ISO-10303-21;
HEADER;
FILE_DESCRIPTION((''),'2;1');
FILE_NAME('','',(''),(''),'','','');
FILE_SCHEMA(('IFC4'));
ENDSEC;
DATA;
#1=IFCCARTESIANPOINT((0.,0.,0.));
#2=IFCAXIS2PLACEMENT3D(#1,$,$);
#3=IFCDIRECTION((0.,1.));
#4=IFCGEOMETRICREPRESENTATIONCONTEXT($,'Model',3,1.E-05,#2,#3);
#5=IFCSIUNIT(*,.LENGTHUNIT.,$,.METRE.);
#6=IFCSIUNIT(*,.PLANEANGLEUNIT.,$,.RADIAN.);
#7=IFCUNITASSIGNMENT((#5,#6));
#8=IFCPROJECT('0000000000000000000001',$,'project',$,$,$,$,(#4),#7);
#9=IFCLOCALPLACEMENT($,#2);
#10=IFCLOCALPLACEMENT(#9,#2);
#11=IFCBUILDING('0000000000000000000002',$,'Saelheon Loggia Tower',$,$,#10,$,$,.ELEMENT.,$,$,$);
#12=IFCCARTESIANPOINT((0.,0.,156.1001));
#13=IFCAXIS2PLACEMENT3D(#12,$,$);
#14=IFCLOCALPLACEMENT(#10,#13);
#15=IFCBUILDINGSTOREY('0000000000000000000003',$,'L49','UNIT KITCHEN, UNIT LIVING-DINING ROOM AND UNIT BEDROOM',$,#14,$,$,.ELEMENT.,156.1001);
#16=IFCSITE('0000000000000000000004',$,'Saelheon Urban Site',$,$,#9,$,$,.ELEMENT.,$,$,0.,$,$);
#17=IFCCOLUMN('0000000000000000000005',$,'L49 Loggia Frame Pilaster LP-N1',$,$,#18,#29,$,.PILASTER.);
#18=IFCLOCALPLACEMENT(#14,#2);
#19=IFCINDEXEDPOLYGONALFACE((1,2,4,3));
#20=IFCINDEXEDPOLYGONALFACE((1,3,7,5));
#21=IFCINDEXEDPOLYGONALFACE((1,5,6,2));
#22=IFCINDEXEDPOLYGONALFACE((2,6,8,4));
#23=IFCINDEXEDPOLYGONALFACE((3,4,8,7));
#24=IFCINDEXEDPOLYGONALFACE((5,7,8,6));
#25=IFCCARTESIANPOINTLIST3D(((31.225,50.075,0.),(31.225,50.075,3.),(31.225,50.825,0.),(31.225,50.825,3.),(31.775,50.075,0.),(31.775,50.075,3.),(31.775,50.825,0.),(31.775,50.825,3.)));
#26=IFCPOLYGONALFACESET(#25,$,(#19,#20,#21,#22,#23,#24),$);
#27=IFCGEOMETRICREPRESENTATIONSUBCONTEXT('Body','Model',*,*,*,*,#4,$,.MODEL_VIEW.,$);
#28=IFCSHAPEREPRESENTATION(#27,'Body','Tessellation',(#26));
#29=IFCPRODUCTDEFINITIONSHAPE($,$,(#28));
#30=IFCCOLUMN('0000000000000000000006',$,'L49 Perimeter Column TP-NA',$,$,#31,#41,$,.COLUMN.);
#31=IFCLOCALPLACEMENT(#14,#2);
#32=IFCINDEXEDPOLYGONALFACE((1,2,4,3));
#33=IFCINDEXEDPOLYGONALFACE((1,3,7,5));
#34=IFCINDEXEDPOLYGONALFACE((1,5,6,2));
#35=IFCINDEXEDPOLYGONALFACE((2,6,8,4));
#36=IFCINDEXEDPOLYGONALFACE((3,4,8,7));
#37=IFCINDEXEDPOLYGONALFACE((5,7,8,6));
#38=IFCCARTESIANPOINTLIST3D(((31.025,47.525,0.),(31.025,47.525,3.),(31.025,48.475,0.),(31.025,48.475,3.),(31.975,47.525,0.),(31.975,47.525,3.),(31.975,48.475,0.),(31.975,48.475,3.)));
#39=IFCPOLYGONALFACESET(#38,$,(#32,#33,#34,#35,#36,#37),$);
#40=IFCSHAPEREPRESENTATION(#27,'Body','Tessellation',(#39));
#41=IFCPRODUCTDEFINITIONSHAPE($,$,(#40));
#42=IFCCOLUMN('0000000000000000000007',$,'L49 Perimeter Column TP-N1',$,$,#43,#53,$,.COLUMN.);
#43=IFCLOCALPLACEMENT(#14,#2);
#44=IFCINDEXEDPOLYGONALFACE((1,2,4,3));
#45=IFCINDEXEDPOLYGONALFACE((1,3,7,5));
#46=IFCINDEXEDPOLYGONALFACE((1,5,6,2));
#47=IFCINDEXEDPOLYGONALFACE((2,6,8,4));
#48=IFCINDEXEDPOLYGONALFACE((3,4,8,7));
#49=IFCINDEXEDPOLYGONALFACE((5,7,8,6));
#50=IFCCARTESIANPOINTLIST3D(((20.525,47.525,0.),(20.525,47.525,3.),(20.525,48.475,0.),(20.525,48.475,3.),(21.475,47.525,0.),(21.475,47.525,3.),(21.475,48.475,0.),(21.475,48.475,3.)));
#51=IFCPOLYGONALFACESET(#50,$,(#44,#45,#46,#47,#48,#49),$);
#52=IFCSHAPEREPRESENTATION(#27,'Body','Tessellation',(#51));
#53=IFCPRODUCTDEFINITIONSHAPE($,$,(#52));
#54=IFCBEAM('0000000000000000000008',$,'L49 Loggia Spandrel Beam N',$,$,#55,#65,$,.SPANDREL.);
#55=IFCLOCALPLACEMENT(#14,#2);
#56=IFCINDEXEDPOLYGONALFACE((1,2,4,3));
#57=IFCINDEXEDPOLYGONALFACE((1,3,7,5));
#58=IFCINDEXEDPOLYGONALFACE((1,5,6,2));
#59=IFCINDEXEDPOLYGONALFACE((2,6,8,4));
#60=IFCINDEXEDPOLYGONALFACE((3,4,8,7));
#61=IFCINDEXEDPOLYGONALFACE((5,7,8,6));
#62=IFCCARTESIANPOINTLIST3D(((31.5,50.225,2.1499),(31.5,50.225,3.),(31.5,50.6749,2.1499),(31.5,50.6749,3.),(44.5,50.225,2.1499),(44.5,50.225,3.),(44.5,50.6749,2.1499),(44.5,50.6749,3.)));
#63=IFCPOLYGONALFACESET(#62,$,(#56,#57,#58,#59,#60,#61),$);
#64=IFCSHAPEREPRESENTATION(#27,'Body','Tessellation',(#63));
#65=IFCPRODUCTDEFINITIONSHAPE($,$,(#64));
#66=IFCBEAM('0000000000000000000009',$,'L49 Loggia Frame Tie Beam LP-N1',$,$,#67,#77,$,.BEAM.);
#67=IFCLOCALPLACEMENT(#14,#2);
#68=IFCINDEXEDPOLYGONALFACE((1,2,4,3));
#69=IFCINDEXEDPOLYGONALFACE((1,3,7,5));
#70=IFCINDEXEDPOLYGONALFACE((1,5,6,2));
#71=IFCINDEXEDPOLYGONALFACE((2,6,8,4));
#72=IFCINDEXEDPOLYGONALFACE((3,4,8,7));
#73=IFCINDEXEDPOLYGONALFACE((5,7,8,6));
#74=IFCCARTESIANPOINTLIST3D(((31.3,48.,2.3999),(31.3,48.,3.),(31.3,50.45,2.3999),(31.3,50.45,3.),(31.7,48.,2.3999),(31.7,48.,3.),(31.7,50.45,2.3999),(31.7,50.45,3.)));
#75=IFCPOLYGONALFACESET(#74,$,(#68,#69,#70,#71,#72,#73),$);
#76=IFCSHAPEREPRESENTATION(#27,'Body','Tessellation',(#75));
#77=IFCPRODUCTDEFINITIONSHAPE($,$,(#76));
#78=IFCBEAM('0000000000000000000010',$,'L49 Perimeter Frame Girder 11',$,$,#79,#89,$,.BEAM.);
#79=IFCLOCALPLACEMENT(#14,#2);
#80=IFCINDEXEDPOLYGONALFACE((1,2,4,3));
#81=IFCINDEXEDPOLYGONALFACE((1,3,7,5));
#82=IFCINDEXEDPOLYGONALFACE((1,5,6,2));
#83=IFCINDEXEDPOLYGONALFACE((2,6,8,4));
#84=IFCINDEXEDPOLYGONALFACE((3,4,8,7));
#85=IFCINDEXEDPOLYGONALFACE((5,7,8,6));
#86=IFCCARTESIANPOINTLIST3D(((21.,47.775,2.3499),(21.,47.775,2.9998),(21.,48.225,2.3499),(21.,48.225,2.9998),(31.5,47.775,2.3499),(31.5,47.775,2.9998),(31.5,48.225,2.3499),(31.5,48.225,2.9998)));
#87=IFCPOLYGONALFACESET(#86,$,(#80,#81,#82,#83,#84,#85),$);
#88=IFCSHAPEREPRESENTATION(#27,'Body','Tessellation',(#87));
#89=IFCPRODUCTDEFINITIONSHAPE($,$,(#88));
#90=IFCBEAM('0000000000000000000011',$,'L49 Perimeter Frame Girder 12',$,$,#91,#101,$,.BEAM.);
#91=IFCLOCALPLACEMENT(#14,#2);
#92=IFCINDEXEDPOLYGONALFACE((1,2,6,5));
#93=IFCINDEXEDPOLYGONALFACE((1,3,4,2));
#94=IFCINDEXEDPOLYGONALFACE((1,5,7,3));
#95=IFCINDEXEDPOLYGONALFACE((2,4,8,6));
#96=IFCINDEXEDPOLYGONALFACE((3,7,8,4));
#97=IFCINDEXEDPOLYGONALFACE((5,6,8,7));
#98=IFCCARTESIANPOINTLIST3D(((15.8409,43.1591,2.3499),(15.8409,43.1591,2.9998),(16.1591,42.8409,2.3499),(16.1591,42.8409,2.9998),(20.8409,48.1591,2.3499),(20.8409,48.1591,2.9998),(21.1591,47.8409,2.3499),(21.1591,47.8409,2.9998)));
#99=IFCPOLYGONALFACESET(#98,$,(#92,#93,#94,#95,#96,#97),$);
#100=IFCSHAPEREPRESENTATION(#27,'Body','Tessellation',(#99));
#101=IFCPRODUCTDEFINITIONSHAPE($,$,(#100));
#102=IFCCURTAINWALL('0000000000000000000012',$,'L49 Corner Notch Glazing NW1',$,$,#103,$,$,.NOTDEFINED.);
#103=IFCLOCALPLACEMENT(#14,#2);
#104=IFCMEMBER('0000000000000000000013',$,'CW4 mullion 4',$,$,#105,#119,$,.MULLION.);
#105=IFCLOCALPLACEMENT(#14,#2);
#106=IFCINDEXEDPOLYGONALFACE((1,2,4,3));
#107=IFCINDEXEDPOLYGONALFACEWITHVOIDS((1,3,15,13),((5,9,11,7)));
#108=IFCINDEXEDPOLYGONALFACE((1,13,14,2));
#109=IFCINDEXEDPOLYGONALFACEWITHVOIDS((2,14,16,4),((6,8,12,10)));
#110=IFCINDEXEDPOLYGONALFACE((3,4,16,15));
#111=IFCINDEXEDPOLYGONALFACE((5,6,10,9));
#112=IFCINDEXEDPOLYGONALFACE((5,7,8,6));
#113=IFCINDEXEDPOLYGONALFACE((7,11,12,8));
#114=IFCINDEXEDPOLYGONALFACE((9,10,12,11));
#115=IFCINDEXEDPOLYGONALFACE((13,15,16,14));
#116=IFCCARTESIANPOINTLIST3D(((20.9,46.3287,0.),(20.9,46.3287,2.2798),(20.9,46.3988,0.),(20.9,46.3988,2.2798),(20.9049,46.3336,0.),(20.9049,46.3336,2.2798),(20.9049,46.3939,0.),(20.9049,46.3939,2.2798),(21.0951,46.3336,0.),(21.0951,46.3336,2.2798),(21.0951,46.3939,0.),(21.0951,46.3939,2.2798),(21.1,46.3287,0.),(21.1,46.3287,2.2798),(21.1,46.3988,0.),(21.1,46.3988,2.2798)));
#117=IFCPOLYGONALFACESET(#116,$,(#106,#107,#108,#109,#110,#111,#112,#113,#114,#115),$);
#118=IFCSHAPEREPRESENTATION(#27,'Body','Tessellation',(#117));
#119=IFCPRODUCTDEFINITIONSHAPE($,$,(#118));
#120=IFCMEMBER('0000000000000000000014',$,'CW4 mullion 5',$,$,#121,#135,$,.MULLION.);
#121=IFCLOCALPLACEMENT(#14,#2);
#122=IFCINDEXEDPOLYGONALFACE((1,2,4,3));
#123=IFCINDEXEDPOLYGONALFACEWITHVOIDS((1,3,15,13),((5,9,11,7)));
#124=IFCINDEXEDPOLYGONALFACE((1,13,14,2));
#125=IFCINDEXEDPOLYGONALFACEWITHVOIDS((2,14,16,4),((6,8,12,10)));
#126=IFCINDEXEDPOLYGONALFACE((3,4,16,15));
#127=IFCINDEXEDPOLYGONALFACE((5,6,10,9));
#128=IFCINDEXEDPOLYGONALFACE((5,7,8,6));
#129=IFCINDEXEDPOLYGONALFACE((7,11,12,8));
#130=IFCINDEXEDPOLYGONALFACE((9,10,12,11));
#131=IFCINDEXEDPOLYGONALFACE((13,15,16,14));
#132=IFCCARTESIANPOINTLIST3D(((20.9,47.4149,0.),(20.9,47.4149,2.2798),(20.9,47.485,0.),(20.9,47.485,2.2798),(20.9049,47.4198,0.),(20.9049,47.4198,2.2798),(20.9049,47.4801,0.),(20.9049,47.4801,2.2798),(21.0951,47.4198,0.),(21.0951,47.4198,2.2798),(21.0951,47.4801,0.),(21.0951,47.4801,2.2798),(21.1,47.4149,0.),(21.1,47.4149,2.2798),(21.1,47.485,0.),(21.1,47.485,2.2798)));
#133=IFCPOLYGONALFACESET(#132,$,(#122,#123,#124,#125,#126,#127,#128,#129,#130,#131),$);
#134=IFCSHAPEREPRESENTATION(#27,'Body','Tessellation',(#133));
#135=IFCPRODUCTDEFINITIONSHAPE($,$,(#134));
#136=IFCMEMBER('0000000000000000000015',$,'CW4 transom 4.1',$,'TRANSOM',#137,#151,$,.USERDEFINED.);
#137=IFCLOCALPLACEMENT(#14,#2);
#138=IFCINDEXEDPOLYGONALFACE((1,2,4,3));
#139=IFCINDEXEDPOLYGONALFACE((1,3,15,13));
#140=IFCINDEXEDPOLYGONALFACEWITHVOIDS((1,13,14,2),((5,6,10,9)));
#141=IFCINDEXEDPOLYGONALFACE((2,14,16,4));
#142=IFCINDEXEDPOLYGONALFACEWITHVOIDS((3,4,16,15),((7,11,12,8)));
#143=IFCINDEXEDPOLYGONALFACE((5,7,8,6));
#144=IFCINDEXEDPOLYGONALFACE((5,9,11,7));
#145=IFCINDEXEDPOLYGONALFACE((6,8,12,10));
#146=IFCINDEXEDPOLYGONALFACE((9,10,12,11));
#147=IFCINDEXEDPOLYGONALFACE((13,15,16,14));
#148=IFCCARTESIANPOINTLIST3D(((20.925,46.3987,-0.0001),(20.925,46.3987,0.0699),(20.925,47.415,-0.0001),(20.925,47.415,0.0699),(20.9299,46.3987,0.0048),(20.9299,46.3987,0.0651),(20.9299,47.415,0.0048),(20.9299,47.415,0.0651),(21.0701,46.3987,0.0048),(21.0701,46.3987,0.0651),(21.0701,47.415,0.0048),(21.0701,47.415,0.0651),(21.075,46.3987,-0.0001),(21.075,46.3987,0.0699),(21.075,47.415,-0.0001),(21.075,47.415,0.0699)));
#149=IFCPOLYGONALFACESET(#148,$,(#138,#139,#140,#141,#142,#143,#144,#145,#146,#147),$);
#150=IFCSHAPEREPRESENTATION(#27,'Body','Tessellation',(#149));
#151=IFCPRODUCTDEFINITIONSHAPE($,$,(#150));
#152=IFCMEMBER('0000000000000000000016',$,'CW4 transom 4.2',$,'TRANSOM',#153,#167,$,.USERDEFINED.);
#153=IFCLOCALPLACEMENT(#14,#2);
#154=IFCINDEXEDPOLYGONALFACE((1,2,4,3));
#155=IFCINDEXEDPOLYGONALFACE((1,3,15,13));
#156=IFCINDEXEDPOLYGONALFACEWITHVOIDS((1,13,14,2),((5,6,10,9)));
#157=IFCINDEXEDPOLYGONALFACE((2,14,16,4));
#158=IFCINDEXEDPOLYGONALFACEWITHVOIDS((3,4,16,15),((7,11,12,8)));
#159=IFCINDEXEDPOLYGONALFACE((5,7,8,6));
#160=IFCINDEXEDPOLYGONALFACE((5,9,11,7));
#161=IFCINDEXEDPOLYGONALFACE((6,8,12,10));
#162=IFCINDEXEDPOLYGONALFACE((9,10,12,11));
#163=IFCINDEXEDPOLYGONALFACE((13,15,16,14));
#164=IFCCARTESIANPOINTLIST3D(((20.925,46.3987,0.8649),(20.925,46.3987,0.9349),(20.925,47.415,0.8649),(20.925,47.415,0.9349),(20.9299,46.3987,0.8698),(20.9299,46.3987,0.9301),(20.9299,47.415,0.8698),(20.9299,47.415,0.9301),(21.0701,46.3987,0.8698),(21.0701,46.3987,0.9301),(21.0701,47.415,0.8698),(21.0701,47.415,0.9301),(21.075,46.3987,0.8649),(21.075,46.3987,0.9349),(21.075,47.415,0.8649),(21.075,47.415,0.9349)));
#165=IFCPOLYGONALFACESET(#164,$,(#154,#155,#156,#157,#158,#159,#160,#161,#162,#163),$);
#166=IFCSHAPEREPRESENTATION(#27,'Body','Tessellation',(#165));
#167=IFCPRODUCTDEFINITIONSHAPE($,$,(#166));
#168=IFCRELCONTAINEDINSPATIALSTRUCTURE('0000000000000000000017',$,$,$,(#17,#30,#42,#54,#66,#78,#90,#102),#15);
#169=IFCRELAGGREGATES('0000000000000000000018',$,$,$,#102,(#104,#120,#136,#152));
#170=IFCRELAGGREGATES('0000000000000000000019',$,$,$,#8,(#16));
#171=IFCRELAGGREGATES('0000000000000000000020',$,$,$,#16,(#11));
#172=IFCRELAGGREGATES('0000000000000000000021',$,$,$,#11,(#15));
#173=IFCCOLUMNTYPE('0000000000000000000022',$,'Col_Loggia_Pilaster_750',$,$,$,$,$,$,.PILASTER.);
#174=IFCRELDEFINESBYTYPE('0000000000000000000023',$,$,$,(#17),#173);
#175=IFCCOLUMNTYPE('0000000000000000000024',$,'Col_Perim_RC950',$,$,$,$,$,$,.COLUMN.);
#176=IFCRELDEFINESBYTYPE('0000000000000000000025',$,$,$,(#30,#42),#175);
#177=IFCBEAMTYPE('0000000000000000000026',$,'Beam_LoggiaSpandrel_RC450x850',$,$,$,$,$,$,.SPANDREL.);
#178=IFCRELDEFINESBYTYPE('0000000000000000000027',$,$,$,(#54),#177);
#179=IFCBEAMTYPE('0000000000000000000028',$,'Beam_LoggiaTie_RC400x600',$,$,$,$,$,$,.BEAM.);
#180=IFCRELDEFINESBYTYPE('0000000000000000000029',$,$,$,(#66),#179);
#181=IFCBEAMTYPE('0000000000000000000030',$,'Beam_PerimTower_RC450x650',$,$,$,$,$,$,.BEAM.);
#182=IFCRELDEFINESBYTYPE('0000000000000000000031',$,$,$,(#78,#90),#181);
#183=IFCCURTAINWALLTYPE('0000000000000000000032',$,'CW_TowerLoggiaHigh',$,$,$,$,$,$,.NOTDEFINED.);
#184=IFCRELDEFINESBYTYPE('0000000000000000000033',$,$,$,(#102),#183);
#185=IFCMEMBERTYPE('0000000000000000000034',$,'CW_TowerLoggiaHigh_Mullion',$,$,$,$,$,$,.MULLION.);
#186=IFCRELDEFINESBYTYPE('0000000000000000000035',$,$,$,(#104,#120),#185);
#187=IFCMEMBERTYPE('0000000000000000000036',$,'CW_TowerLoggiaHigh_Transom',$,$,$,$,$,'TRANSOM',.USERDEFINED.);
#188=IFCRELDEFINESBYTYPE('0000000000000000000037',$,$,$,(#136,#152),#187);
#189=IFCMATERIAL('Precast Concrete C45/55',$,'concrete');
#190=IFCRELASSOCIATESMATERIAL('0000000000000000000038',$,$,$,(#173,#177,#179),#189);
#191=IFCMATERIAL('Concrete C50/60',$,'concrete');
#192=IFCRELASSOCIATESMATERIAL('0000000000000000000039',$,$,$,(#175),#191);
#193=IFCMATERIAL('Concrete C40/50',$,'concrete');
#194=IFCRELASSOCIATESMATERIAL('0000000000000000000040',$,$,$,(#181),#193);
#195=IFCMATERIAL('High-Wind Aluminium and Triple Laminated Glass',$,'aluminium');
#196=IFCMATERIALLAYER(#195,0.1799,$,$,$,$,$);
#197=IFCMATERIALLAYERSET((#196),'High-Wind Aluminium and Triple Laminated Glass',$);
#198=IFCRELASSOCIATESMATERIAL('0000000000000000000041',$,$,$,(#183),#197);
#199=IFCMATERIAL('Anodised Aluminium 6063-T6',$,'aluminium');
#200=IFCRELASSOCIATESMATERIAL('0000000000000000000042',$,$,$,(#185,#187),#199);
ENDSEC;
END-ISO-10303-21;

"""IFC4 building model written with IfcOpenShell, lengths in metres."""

from ifc_helpers import new_model, si_unit, direction, frame, origin, origin_2d, place, context, subcontext, project, spatial, rectangle, hollow_rectangle, extrude, source, transform, mapped, material, layer, layer_set, material_profile, profile_set, type_object, element, aggregate, save


model = new_model("IFC4")

# Units and contexts
model_context = context("Model", 3, precision=1e-05, world=origin(), true_north=direction((0.0, 1.0)))
body_context = subcontext(model_context, "Body", "Model", "MODEL_VIEW")
ifc_project = project(units=[si_unit("LENGTHUNIT", "METRE"), si_unit("PLANEANGLEUNIT", "RADIAN")], contexts=[model_context])

# Site, building, storey
site_placement = place(None, origin())
site = spatial("IfcSite", under=ifc_project, at=site_placement, Name="Saelheon Urban Site", CompositionType="ELEMENT", RefElevation=0.0)
building_placement = place(site_placement, origin())
building = spatial("IfcBuilding", under=site, at=building_placement, Name="Saelheon Loggia Tower", CompositionType="ELEMENT")
storey_placement = place(building_placement, frame((0.0, 0.0, 156.1001)))
storey = spatial("IfcBuildingStorey", under=building, at=storey_placement, Name="L49", Description="UNIT KITCHEN, UNIT LIVING-DINING ROOM AND UNIT BEDROOM", CompositionType="ELEMENT", Elevation=156.1001)

# Columns
ifc_material_1 = material(Name="Precast Concrete C45/55", Category="concrete")
ifc_material_profile_1 = material_profile(ifc_material_1, rectangle(XDim=0.55, YDim=0.75, at=origin_2d()), Name="RC-550x750")
ifc_profile_set_1 = profile_set([ifc_material_profile_1], Name="Precast Concrete C45/55")
column_type_1 = type_object("IfcColumnType", Name="Col_Loggia_Pilaster_750", PredefinedType="PILASTER", material=ifc_profile_set_1)
shared_shape_1 = source(origin(), body_context, "Body", "SweptSolid", [
    extrude(rectangle(XDim=0.55, YDim=0.75, at=origin_2d()), origin(), (0.0, 0.0, 1.0), 3.0),
])
column_placement = place(storey_placement, frame((31.5, 50.45, 0.0), z_axis=(0.0, 0.0, 1.0), x_axis=(1.0, 0.0, 0.0)))
element("IfcColumn", 1, at=column_placement, inside=storey, type_object=column_type_1, Name="L49 Loggia Frame Pilaster LP-N1", PredefinedType="PILASTER", context=body_context, shape_type="MappedRepresentation", body=[
    mapped(shared_shape_1, transform((0.0, 0.0, 0.0), scale=1.0)),
])
ifc_material_2 = material(Name="Concrete C50/60", Category="concrete")
ifc_material_profile_2 = material_profile(ifc_material_2, rectangle(XDim=0.95, YDim=0.95, at=origin_2d()), Name="RC-950x950")
ifc_profile_set_2 = profile_set([ifc_material_profile_2], Name="Concrete C50/60")
column_type_2 = type_object("IfcColumnType", Name="Col_Perim_RC950", PredefinedType="COLUMN", material=ifc_profile_set_2)
shared_shape_2 = source(origin(), body_context, "Body", "SweptSolid", [
    extrude(rectangle(XDim=0.95, YDim=0.95, at=origin_2d()), origin(), (0.0, 0.0, 1.0), 3.0),
])
for number, where, z_axis, x_axis, name in (
    (2, (31.5, 48.0, 0.0), (0.0, 0.0, 1.0), (1.0, 0.0, 0.0), "L49 Perimeter Column TP-NA"),
    (3, (21.0, 48.0, 0.0), (0.0, 0.0, 1.0), (1.0, 0.0, 0.0), "L49 Perimeter Column TP-N1"),
):
    element("IfcColumn", number, at=place(storey_placement, frame(where, z_axis=z_axis, x_axis=x_axis)), inside=storey, type_object=column_type_2, Name=name, PredefinedType="COLUMN", context=body_context, shape_type="MappedRepresentation", body=[
        mapped(shared_shape_2, transform((0.0, 0.0, 0.0), scale=1.0)),
    ])

# Beams
ifc_material_profile_3 = material_profile(ifc_material_1, rectangle(XDim=0.45, YDim=0.8501, at=origin_2d()), Name="RC-450x850")
ifc_profile_set_3 = profile_set([ifc_material_profile_3], Name="Precast Concrete C45/55")
beam_type_1 = type_object("IfcBeamType", Name="Beam_LoggiaSpandrel_RC450x850", PredefinedType="SPANDREL", material=ifc_profile_set_3)
shared_shape_3 = source(origin(), body_context, "Body", "SweptSolid", [
    extrude(rectangle(XDim=0.45, YDim=0.8501, at=origin_2d()), origin(), (0.0, 0.0, 1.0), 13.0),
])
beam_1_placement = place(storey_placement, frame((31.5, 50.45, 2.575), z_axis=(1.0, 0.0, 0.0), x_axis=(0.0, 1.0, 0.0)))
element("IfcBeam", 4, at=beam_1_placement, inside=storey, type_object=beam_type_1, Name="L49 Loggia Spandrel Beam N", PredefinedType="SPANDREL", context=body_context, shape_type="MappedRepresentation", body=[
    mapped(shared_shape_3, transform((0.0, 0.0, 0.0), scale=1.0)),
])
ifc_material_profile_4 = material_profile(ifc_material_1, rectangle(XDim=0.3999, YDim=0.6001, at=origin_2d()), Name="RC-400x600")
ifc_profile_set_4 = profile_set([ifc_material_profile_4], Name="Precast Concrete C45/55")
beam_type_2 = type_object("IfcBeamType", Name="Beam_LoggiaTie_RC400x600", PredefinedType="BEAM", material=ifc_profile_set_4)
shared_shape_4 = source(origin(), body_context, "Body", "SweptSolid", [
    extrude(rectangle(XDim=0.3999, YDim=0.6001, at=origin_2d()), origin(), (0.0, 0.0, 1.0), 2.45),
])
beam_2_placement = place(storey_placement, frame((31.5, 48.0, 2.7), z_axis=(0.0, 1.0, 0.0), x_axis=(-1.0, 0.0, 0.0)))
element("IfcBeam", 5, at=beam_2_placement, inside=storey, type_object=beam_type_2, Name="L49 Loggia Frame Tie Beam LP-N1", PredefinedType="BEAM", context=body_context, shape_type="MappedRepresentation", body=[
    mapped(shared_shape_4, transform((0.0, 0.0, 0.0), scale=1.0)),
])
ifc_material_3 = material(Name="Concrete C40/50", Category="concrete")
ifc_material_profile_5 = material_profile(ifc_material_3, rectangle(XDim=0.45, YDim=0.6499, at=origin_2d()), Name="RC-450x650")
ifc_profile_set_5 = profile_set([ifc_material_profile_5], Name="Concrete C40/50")
beam_type_3 = type_object("IfcBeamType", Name="Beam_PerimTower_RC450x650", PredefinedType="BEAM", material=ifc_profile_set_5)
shared_shape_5 = source(origin(), body_context, "Body", "SweptSolid", [
    extrude(rectangle(XDim=0.45, YDim=0.6499, at=origin_2d()), origin(), (0.0, 0.0, 1.0), 10.5),
])
beam_3_placement = place(storey_placement, frame((31.5, 48.0, 2.6748), z_axis=(-1.0, 0.0, 0.0), x_axis=(0.0, -1.0, 0.0)))
element("IfcBeam", 6, at=beam_3_placement, inside=storey, type_object=beam_type_3, Name="L49 Perimeter Frame Girder 11", PredefinedType="BEAM", context=body_context, shape_type="MappedRepresentation", body=[
    mapped(shared_shape_5, transform((0.0, 0.0, 0.0), scale=1.0)),
])
shared_shape_6 = source(origin(), body_context, "Body", "SweptSolid", [
    extrude(rectangle(XDim=0.45, YDim=0.6499, at=origin_2d()), origin(), (0.0, 0.0, 1.0), 7.071),
])
beam_4_placement = place(storey_placement, frame((21.0, 48.0, 2.6748), z_axis=(-0.707107, -0.707107, 0.0), x_axis=(0.707107, -0.707107, 0.0)))
element("IfcBeam", 7, at=beam_4_placement, inside=storey, type_object=beam_type_3, Name="L49 Perimeter Frame Girder 12", PredefinedType="BEAM", context=body_context, shape_type="MappedRepresentation", body=[
    mapped(shared_shape_6, transform((0.0, 0.0, 0.0), scale=1.0)),
])

# Curtain wall, members
ifc_material_4 = material(Name="High-Wind Aluminium and Triple Laminated Glass", Category="aluminium")
ifc_layer_1 = layer(ifc_material_4, 0.1799)
ifc_layer_set_1 = layer_set([ifc_layer_1], Name="High-Wind Aluminium and Triple Laminated Glass")
curtain_wall_type = type_object("IfcCurtainWallType", Name="CW_TowerLoggiaHigh", PredefinedType="NOTDEFINED", material=ifc_layer_set_1)
curtain_wall_placement = place(storey_placement, origin())
curtain_wall = element("IfcCurtainWall", 8, at=curtain_wall_placement, inside=storey, type_object=curtain_wall_type, Name="L49 Corner Notch Glazing NW1", PredefinedType="NOTDEFINED")
ifc_material_5 = material(Name="Anodised Aluminium 6063-T6", Category="aluminium")
ifc_material_profile_6 = material_profile(ifc_material_5, hollow_rectangle(XDim=0.0701, YDim=0.2, WallThickness=0.0049, at=origin_2d()), Name="RHS-200x70x5")
ifc_profile_set_6 = profile_set([ifc_material_profile_6], Name="Anodised Aluminium 6063-T6")
member_type_1 = type_object("IfcMemberType", Name="CW_TowerLoggiaHigh_Mullion", PredefinedType="MULLION", material=ifc_profile_set_6)
shared_shape_7 = source(origin(), body_context, "Body", "SweptSolid", [
    extrude(hollow_rectangle(XDim=0.0701, YDim=0.2, WallThickness=0.0049, at=origin_2d()), origin(), (0.0, 0.0, 1.0), 2.2798),
])
member_1_placement = place(storey_placement, frame((21.0, 46.3638, 0.0), z_axis=(0.0, 0.0, 1.0), x_axis=(0.0, 1.0, 0.0)))
member_1 = element("IfcMember", 9, at=member_1_placement, type_object=member_type_1, Name="CW4 mullion 4", PredefinedType="MULLION", context=body_context, shape_type="MappedRepresentation", body=[
    mapped(shared_shape_7, transform((0.0, 0.0, 0.0), scale=1.0)),
])
member_2_placement = place(storey_placement, frame((21.0, 47.45, 0.0), z_axis=(0.0, 0.0, 1.0), x_axis=(0.0, 1.0, 0.0)))
member_2 = element("IfcMember", 10, at=member_2_placement, type_object=member_type_1, Name="CW4 mullion 5", PredefinedType="MULLION", context=body_context, shape_type="MappedRepresentation", body=[
    mapped(shared_shape_7, transform((0.0, 0.0, 0.0), scale=1.0)),
])
ifc_material_profile_7 = material_profile(ifc_material_5, hollow_rectangle(XDim=0.0701, YDim=0.1499, WallThickness=0.0049, at=origin_2d()), Name="RHS-150x70x5")
ifc_profile_set_7 = profile_set([ifc_material_profile_7], Name="Anodised Aluminium 6063-T6")
member_type_2 = type_object("IfcMemberType", Name="CW_TowerLoggiaHigh_Transom", ElementType="TRANSOM", PredefinedType="USERDEFINED", material=ifc_profile_set_7)
shared_shape_8 = source(origin(), body_context, "Body", "SweptSolid", [
    extrude(hollow_rectangle(XDim=0.0701, YDim=0.1499, WallThickness=0.0049, at=origin_2d()), origin(), (0.0, 0.0, 1.0), 1.0164),
])
member_3_placement = place(storey_placement, frame((21.0, 46.3987, 0.0349), z_axis=(0.0, 1.0, 0.0), x_axis=(0.0, 0.0, 1.0)))
member_3 = element("IfcMember", 11, at=member_3_placement, type_object=member_type_2, Name="CW4 transom 4.1", ObjectType="TRANSOM", PredefinedType="USERDEFINED", context=body_context, shape_type="MappedRepresentation", body=[
    mapped(shared_shape_8, transform((0.0, 0.0, 0.0), scale=1.0)),
])
member_4_placement = place(storey_placement, frame((21.0, 46.3987, 0.8999), z_axis=(0.0, 1.0, 0.0), x_axis=(0.0, 0.0, 1.0)))
member_4 = element("IfcMember", 12, at=member_4_placement, type_object=member_type_2, Name="CW4 transom 4.2", ObjectType="TRANSOM", PredefinedType="USERDEFINED", context=body_context, shape_type="MappedRepresentation", body=[
    mapped(shared_shape_8, transform((0.0, 0.0, 0.0), scale=1.0)),
])
aggregate(curtain_wall, [member_1, member_2, member_3, member_4])

save(model, "model.ifc")
